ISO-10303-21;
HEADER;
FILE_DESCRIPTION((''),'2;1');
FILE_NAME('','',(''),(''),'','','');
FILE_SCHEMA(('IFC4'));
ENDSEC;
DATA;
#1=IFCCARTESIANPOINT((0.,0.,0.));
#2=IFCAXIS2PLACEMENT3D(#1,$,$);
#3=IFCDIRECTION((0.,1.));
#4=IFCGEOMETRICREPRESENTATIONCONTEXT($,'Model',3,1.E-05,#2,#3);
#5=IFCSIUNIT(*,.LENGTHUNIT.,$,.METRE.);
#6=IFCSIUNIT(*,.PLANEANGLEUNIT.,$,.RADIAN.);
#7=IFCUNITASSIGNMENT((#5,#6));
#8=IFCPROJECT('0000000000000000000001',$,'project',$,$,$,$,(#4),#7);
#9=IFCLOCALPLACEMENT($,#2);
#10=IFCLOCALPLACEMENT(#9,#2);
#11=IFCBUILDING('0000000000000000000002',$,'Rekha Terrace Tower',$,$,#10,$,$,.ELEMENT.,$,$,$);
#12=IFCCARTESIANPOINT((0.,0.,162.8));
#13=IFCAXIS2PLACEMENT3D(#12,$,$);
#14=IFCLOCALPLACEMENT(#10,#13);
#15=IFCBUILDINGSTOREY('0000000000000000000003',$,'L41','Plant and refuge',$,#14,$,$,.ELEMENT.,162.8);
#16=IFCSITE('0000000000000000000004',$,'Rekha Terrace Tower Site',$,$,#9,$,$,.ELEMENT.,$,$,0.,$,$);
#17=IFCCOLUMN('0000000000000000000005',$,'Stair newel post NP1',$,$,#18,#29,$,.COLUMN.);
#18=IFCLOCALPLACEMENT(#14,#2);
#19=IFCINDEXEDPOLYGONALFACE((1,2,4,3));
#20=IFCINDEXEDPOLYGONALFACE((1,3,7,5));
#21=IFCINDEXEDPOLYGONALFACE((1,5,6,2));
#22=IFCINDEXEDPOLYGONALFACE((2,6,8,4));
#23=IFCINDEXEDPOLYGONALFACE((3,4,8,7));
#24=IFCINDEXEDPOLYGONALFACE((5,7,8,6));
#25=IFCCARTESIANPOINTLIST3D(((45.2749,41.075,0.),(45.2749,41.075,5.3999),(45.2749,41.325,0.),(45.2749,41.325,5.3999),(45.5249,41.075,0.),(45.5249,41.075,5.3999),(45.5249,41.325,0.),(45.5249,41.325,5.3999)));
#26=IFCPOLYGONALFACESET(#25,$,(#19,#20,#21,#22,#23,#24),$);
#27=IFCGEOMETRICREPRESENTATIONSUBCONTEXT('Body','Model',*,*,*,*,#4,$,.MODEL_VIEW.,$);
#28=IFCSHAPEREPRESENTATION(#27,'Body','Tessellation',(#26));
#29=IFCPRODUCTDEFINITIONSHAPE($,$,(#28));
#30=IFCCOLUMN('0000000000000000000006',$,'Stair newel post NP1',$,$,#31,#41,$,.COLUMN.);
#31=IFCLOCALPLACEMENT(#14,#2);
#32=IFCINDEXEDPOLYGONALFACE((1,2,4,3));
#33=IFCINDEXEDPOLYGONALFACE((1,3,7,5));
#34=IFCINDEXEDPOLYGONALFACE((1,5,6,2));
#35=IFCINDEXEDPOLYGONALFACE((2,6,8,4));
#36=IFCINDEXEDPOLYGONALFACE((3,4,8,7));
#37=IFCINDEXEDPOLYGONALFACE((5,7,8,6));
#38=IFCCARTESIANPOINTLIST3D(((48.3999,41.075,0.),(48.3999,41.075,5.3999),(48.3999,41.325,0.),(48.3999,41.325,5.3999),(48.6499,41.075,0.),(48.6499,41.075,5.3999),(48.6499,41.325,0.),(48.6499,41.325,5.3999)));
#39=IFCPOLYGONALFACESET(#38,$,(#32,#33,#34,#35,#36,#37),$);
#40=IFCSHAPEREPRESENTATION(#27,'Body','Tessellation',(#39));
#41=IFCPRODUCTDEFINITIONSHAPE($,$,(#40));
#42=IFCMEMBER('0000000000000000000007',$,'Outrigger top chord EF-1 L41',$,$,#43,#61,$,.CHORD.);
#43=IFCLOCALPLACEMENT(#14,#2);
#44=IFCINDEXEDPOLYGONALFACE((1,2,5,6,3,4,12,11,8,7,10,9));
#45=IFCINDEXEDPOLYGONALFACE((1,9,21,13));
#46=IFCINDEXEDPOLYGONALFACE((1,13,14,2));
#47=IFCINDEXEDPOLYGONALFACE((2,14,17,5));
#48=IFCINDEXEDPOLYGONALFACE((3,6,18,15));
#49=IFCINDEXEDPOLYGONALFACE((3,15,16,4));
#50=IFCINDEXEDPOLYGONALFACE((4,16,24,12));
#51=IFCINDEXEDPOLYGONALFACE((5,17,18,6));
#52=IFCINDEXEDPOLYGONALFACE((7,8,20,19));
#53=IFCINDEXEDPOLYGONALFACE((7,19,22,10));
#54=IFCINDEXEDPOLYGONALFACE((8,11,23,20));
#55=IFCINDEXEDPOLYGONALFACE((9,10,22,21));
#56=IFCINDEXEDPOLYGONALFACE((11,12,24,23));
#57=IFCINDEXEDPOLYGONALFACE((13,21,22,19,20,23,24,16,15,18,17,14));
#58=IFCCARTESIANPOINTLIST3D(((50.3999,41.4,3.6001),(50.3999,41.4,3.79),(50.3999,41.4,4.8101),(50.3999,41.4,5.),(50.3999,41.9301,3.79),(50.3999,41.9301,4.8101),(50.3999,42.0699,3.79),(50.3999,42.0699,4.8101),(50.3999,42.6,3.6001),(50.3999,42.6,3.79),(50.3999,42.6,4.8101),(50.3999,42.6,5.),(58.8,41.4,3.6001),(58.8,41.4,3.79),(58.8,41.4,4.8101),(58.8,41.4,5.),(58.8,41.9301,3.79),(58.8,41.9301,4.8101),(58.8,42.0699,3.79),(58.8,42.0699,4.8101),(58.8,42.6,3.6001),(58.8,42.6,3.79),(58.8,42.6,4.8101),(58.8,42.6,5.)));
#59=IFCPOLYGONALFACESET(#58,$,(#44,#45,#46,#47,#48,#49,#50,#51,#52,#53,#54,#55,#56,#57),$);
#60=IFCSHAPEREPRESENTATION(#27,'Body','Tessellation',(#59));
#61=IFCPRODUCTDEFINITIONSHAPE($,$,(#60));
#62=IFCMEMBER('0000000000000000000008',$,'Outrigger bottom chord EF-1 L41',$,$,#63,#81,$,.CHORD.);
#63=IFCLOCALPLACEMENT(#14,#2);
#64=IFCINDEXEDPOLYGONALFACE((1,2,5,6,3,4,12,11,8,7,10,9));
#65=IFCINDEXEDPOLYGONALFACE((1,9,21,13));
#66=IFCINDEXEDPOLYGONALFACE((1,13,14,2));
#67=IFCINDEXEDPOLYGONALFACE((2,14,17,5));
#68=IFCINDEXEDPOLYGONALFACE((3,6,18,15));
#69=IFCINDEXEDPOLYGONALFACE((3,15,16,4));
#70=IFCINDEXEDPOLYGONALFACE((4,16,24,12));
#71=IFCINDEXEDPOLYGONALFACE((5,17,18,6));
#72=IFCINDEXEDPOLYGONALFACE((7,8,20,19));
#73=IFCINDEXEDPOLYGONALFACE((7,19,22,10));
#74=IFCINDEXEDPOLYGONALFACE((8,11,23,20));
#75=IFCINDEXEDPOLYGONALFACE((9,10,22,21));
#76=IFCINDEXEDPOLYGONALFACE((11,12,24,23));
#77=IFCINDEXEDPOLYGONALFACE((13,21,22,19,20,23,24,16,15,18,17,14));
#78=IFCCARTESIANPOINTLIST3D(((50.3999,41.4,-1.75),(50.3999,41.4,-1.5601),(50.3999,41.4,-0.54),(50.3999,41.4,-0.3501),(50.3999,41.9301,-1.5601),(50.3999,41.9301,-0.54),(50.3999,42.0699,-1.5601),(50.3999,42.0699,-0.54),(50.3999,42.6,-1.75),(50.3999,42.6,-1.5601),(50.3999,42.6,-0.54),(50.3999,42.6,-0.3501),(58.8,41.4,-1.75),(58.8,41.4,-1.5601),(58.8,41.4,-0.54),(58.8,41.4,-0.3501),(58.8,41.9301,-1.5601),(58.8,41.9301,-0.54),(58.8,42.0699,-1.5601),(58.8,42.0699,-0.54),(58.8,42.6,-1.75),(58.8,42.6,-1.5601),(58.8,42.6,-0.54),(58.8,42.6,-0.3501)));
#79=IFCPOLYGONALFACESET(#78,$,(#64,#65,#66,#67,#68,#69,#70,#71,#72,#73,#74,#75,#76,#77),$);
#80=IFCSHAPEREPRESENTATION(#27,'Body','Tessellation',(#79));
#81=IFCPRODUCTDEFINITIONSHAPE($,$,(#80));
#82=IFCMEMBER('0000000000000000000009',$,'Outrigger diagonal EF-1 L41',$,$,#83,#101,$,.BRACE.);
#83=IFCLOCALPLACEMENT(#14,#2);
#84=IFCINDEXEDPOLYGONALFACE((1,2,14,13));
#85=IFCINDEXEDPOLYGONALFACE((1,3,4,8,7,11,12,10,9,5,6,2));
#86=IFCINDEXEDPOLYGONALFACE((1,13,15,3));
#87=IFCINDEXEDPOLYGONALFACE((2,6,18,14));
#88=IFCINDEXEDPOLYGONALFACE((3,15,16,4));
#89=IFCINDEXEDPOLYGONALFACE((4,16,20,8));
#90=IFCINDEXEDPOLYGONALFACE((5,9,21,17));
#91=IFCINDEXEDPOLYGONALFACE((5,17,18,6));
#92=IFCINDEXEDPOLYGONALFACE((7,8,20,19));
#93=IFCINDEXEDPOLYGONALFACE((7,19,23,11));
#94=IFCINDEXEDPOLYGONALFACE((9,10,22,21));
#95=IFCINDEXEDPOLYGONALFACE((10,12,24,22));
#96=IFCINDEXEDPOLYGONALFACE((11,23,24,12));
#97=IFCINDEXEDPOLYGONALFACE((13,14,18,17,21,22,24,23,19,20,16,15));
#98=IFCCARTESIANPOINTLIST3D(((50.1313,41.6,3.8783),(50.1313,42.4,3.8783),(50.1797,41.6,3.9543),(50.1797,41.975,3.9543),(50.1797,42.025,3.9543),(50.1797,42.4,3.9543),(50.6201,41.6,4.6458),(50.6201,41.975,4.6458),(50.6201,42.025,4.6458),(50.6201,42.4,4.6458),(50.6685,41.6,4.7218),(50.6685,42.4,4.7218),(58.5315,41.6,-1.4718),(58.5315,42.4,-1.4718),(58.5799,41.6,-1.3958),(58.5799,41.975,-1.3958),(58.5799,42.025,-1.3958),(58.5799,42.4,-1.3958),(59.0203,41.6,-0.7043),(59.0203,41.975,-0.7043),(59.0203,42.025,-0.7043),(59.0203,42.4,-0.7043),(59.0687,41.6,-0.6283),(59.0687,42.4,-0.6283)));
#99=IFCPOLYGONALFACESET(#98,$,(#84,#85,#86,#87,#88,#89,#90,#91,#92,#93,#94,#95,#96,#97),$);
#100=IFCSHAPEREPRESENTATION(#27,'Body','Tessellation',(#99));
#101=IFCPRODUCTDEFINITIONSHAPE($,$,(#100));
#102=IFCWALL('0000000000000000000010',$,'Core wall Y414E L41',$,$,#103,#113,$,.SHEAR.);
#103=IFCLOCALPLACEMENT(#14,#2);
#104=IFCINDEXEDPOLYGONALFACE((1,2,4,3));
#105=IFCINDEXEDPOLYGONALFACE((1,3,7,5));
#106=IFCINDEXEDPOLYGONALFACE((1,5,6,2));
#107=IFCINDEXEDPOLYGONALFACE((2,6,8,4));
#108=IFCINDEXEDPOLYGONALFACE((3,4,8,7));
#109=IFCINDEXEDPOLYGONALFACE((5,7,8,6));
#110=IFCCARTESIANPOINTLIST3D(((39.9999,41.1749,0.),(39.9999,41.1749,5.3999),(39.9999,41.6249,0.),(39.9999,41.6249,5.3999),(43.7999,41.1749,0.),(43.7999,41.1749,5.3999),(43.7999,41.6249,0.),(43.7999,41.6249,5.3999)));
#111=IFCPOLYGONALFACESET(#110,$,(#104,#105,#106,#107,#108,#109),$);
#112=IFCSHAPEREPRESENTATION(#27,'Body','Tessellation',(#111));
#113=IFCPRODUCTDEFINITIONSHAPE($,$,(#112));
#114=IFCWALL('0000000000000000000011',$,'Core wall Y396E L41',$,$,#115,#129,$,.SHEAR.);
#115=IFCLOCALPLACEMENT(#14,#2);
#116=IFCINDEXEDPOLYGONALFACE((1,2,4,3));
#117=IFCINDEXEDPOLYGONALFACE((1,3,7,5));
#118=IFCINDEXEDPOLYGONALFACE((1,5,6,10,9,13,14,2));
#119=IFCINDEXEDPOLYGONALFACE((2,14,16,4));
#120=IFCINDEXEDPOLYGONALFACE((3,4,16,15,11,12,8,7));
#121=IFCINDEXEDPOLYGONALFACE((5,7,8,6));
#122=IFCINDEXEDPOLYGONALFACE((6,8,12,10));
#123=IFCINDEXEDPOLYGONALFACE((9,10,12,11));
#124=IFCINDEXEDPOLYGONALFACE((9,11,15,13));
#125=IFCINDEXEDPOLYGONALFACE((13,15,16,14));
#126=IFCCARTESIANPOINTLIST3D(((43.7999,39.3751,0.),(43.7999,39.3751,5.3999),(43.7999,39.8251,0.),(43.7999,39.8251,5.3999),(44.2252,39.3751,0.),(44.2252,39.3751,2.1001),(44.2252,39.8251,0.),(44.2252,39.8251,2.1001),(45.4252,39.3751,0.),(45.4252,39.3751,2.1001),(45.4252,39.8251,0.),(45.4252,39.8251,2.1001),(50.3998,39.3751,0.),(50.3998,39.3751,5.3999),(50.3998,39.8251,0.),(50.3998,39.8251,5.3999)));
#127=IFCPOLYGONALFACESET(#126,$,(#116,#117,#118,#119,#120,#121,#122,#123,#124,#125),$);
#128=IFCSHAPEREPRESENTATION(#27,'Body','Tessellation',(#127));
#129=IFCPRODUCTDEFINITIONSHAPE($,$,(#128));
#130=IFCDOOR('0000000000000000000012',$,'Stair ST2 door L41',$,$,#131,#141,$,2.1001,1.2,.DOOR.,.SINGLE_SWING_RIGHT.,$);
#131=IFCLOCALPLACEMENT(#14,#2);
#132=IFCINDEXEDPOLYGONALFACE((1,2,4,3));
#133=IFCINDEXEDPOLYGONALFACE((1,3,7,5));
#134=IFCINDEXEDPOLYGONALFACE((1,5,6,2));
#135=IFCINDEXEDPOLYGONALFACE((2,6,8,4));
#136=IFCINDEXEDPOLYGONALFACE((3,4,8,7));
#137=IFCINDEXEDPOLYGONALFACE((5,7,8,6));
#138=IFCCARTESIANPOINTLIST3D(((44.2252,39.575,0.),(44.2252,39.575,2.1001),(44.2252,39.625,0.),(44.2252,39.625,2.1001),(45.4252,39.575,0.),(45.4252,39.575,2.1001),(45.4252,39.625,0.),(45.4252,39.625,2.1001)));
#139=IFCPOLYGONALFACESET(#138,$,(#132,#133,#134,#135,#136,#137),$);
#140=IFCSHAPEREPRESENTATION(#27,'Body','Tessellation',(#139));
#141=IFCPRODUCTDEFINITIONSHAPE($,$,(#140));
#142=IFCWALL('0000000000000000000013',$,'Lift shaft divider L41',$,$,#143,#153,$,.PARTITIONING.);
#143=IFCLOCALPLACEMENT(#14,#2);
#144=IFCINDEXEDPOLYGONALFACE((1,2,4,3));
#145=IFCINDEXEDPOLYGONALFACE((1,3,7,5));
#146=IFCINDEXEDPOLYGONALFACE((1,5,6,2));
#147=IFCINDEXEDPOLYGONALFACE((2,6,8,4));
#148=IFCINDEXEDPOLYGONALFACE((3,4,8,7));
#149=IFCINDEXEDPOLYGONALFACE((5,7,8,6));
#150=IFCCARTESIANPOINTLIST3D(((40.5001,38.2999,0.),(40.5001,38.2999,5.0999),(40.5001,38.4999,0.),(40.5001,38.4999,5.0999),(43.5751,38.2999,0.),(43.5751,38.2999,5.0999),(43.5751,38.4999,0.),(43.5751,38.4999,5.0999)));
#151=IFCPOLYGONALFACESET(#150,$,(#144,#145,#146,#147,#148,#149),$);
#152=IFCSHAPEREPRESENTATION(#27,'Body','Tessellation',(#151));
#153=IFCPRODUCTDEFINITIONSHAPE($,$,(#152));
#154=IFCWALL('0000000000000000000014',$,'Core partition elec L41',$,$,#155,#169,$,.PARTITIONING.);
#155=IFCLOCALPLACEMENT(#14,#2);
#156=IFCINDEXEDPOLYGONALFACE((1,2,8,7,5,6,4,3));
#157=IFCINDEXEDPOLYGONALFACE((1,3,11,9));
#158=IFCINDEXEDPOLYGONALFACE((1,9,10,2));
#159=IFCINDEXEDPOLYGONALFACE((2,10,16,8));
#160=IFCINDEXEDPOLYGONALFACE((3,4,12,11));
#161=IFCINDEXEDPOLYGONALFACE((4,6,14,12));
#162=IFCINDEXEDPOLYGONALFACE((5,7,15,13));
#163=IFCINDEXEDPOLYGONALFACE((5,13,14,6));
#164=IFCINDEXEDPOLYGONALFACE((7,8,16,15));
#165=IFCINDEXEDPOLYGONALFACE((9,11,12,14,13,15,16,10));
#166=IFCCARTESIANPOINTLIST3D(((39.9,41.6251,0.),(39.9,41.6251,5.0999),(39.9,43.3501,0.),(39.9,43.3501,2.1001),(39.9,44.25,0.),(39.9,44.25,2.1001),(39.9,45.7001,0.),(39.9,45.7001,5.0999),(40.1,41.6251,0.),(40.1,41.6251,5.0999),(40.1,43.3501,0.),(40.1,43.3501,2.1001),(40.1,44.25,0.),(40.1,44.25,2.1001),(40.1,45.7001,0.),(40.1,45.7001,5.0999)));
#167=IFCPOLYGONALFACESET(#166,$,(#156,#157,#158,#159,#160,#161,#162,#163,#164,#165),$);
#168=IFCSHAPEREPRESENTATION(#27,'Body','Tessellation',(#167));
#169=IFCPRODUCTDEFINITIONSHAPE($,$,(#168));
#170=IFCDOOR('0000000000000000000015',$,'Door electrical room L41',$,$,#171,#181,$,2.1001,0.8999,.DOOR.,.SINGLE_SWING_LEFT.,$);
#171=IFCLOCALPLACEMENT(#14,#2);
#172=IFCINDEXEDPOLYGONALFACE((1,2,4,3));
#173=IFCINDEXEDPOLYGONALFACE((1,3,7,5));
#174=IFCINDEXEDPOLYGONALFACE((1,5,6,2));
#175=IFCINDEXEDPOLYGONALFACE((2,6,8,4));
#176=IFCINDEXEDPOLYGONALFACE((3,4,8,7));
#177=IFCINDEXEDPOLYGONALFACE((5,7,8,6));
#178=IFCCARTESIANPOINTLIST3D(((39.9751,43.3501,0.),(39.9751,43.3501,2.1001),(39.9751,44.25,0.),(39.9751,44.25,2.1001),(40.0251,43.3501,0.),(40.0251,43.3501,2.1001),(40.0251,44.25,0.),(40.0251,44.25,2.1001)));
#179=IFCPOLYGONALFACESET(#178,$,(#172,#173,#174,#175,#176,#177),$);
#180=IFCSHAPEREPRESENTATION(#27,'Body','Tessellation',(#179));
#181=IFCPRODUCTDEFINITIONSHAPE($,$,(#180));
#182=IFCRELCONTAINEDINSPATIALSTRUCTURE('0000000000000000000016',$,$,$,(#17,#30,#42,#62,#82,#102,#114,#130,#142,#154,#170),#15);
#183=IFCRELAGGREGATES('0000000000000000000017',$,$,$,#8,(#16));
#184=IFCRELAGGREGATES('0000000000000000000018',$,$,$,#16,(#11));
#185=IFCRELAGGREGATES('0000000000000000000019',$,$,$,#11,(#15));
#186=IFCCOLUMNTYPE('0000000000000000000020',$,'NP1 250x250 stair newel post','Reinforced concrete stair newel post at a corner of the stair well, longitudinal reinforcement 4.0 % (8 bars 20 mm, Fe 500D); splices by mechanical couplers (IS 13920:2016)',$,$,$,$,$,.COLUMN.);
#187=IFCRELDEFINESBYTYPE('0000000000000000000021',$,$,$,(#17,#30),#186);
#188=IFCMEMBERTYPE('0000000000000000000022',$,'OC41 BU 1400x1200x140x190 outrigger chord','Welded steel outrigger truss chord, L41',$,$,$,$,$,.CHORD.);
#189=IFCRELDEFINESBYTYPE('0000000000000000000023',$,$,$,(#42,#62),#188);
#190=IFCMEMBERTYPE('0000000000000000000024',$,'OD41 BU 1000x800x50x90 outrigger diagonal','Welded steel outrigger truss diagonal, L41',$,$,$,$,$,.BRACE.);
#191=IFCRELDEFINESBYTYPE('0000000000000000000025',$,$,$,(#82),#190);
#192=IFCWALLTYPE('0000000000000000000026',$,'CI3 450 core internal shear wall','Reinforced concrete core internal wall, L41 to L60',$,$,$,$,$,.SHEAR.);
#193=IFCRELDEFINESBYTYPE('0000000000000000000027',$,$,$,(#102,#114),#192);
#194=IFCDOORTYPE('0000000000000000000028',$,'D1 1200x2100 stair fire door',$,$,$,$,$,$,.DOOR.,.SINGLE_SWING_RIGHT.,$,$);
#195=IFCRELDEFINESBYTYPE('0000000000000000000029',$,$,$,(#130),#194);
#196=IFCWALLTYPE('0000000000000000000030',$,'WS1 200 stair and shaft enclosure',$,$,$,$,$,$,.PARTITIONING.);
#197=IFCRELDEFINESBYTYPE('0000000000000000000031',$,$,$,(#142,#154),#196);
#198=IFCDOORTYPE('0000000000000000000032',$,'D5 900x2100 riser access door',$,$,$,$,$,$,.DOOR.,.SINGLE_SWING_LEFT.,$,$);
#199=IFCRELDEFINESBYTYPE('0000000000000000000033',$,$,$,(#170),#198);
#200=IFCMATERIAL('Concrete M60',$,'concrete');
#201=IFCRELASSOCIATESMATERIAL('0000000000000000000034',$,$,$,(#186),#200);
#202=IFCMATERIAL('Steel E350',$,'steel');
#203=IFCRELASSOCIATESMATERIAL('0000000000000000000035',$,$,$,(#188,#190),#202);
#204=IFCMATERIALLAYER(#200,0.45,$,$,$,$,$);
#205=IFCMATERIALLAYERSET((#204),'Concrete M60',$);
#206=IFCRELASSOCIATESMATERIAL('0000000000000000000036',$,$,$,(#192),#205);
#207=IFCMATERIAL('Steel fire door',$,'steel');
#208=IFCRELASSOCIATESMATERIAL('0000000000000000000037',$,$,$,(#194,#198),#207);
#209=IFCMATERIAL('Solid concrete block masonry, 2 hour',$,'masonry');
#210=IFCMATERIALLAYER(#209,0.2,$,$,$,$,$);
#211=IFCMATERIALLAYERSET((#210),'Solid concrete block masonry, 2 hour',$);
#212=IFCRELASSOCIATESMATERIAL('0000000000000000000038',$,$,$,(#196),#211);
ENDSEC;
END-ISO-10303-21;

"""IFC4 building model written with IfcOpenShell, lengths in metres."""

from ifc_helpers import new_model, si_unit, direction, frame, frame_2d, origin, origin_2d, place, context, subcontext, project, spatial, rectangle, i_section, extrude, material, layer, layer_set, material_profile, profile_set, type_object, element, fill, save


model = new_model("IFC4")

# Units and contexts
model_context = context("Model", 3, precision=1e-05, world=origin(), true_north=direction((0.0, 1.0)))
body_context = subcontext(model_context, "Body", "Model", "MODEL_VIEW")
ifc_project = project(units=[si_unit("LENGTHUNIT", "METRE"), si_unit("PLANEANGLEUNIT", "RADIAN")], contexts=[model_context])

# Site, building, storey
site_placement = place(None, origin())
site = spatial("IfcSite", under=ifc_project, at=site_placement, Name="Rekha Terrace Tower Site", CompositionType="ELEMENT", RefElevation=0.0)
building_placement = place(site_placement, origin())
building = spatial("IfcBuilding", under=site, at=building_placement, Name="Rekha Terrace Tower", CompositionType="ELEMENT")
storey_placement = place(building_placement, frame((0.0, 0.0, 162.8)))
storey = spatial("IfcBuildingStorey", under=building, at=storey_placement, Name="L41", Description="Plant and refuge", CompositionType="ELEMENT", Elevation=162.8)

# Columns
ifc_material_1 = material(Name="Concrete M60", Category="concrete")
ifc_material_profile_1 = material_profile(ifc_material_1, rectangle(XDim=0.25, YDim=0.25, at=origin_2d()), Name="RC 250x250")
ifc_profile_set_1 = profile_set([ifc_material_profile_1], Name="Concrete M60")
column_type = type_object("IfcColumnType", Name="NP1 250x250 stair newel post", Description="Reinforced concrete stair newel post at a corner of the stair well, longitudinal reinforcement 4.0 % (8 bars 20 mm, Fe 500D); splices by mechanical couplers (IS 13920:2016)", PredefinedType="COLUMN", material=ifc_profile_set_1)
for number, where, z_axis, x_axis, name in (
    (1, (45.3999, 41.2, 0.0), (0.0, 0.0, 1.0), (1.0, 0.0, 0.0), "Stair newel post NP1"),
    (2, (48.5249, 41.2, 0.0), (0.0, 0.0, 1.0), (1.0, 0.0, 0.0), "Stair newel post NP1"),
):
    element("IfcColumn", number, at=place(storey_placement, frame(where, z_axis=z_axis, x_axis=x_axis)), inside=storey, type_object=column_type, Name=name, PredefinedType="COLUMN", context=body_context, shape_type="SweptSolid", body=[
        extrude(rectangle(XDim=0.25, YDim=0.25, at=origin_2d()), origin(), (0.0, 0.0, 1.0), 5.3999),
    ])

# Members
ifc_material_2 = material(Name="Steel E350", Category="steel")
ifc_material_profile_2 = material_profile(ifc_material_2, i_section(OverallWidth=1.2, OverallDepth=1.3999, WebThickness=0.1399, FlangeThickness=0.1899, at=origin_2d()), Name="BU 1400x1200x140x190")
ifc_profile_set_2 = profile_set([ifc_material_profile_2], Name="Steel E350")
member_type_1 = type_object("IfcMemberType", Name="OC41 BU 1400x1200x140x190 outrigger chord", Description="Welded steel outrigger truss chord, L41", PredefinedType="CHORD", material=ifc_profile_set_2)
for number, where, z_axis, x_axis, name in (
    (3, (50.3999, 42.0, 4.3), (1.0, 0.0, 0.0), (0.0, 1.0, 0.0), "Outrigger top chord EF-1 L41"),
    (4, (50.3999, 42.0, -1.05), (1.0, 0.0, 0.0), (0.0, 1.0, 0.0), "Outrigger bottom chord EF-1 L41"),
):
    element("IfcMember", number, at=place(storey_placement, frame(where, z_axis=z_axis, x_axis=x_axis)), inside=storey, type_object=member_type_1, Name=name, PredefinedType="CHORD", context=body_context, shape_type="SweptSolid", body=[
        extrude(i_section(OverallWidth=1.2, OverallDepth=1.3999, WebThickness=0.1399, FlangeThickness=0.1899, at=origin_2d()), origin(), (0.0, 0.0, 1.0), 8.4001),
    ])
ifc_material_profile_3 = material_profile(ifc_material_2, i_section(OverallWidth=0.8, OverallDepth=1.0, WebThickness=0.05, FlangeThickness=0.0901, at=origin_2d()), Name="BU 1000x800x50x90")
ifc_profile_set_3 = profile_set([ifc_material_profile_3], Name="Steel E350")
member_type_2 = type_object("IfcMemberType", Name="OD41 BU 1000x800x50x90 outrigger diagonal", Description="Welded steel outrigger truss diagonal, L41", PredefinedType="BRACE", material=ifc_profile_set_3)
member_placement = place(storey_placement, frame((50.3999, 42.0, 4.3), z_axis=(0.843454, 0.0, -0.537201), x_axis=(0.0, 1.0, 0.0)))
element("IfcMember", 5, at=member_placement, inside=storey, type_object=member_type_2, Name="Outrigger diagonal EF-1 L41", PredefinedType="BRACE", context=body_context, shape_type="SweptSolid", body=[
    extrude(i_section(OverallWidth=0.8, OverallDepth=1.0, WebThickness=0.05, FlangeThickness=0.0901, at=origin_2d()), origin(), (0.0, 0.0, 1.0), 9.9592),
])

# Wall
ifc_layer_1 = layer(ifc_material_1, 0.45)
ifc_layer_set_1 = layer_set([ifc_layer_1], Name="Concrete M60")
wall_type_1 = type_object("IfcWallType", Name="CI3 450 core internal shear wall", Description="Reinforced concrete core internal wall, L41 to L60", PredefinedType="SHEAR", material=ifc_layer_set_1)
wall_1_placement = place(storey_placement, frame((40.0, 41.3999, 0.0), z_axis=(0.0, 0.0, 1.0), x_axis=(1.0, 0.0, 0.0)))
element("IfcWall", 6, at=wall_1_placement, inside=storey, type_object=wall_type_1, Name="Core wall Y414E L41", PredefinedType="SHEAR", context=body_context, shape_type="SweptSolid", body=[
    extrude(rectangle(XDim=3.8, YDim=0.45, at=frame_2d((1.8999, 0.0))), origin(), (0.0, 0.0, 1.0), 5.3999),
])

# Wall, opening, door
wall_2_placement = place(storey_placement, frame((43.8, 39.6001, 0.0), z_axis=(0.0, 0.0, 1.0), x_axis=(1.0, 0.0, 0.0)))
wall_2 = element("IfcWall", 7, at=wall_2_placement, inside=storey, type_object=wall_type_1, Name="Core wall Y396E L41", PredefinedType="SHEAR", context=body_context, shape_type="SweptSolid", body=[
    extrude(rectangle(XDim=6.5999, YDim=0.45, at=frame_2d((3.2998, 0.0))), origin(), (0.0, 0.0, 1.0), 5.3999),
])
opening_1_placement = place(wall_2_placement, frame((0.425, 0.0, 0.0)))
opening_1 = element("IfcOpeningElement", 8, at=opening_1_placement, cuts=wall_2, PredefinedType="OPENING", context=body_context, shape_type="SweptSolid", body=[
    extrude(rectangle(XDim=1.2, YDim=2.1001, at=frame_2d((0.6001, 1.05))), frame((0.0, 0.2349, 0.0), z_axis=(0.0, -1.0, 0.0), x_axis=(1.0, 0.0, 0.0)), (0.0, 0.0, 1.0), 0.47),
])
ifc_material_3 = material(Name="Steel fire door", Category="steel")
door_type_1 = type_object("IfcDoorType", Name="D1 1200x2100 stair fire door", OperationType="SINGLE_SWING_RIGHT", PredefinedType="DOOR", material=ifc_material_3)
door_1_placement = place(opening_1_placement, origin())
door_1 = element("IfcDoor", 9, at=door_1_placement, inside=storey, type_object=door_type_1, Name="Stair ST2 door L41", OperationType="SINGLE_SWING_RIGHT", OverallHeight=2.1001, OverallWidth=1.2, PredefinedType="DOOR", context=body_context, shape_type="SweptSolid", body=[
    extrude(rectangle(XDim=1.2, YDim=2.1001, at=frame_2d((0.6001, 1.05))), frame((0.0, 0.0249, 0.0), z_axis=(0.0, -1.0, 0.0), x_axis=(1.0, 0.0, 0.0)), (0.0, 0.0, 1.0), 0.05),
])
fill(opening_1, door_1)

# Wall
ifc_material_4 = material(Name="Solid concrete block masonry, 2 hour", Category="masonry")
ifc_layer_2 = layer(ifc_material_4, 0.2)
ifc_layer_set_2 = layer_set([ifc_layer_2], Name="Solid concrete block masonry, 2 hour")
wall_type_2 = type_object("IfcWallType", Name="WS1 200 stair and shaft enclosure", PredefinedType="PARTITIONING", material=ifc_layer_set_2)
wall_3_placement = place(storey_placement, frame((40.5, 38.3999, 0.0), z_axis=(0.0, 0.0, 1.0), x_axis=(1.0, 0.0, 0.0)))
element("IfcWall", 10, at=wall_3_placement, inside=storey, type_object=wall_type_2, Name="Lift shaft divider L41", PredefinedType="PARTITIONING", context=body_context, shape_type="SweptSolid", body=[
    extrude(rectangle(XDim=3.075, YDim=0.2, at=frame_2d((1.5376, 0.0))), origin(), (0.0, 0.0, 1.0), 5.0999),
])

# Wall, opening, door
wall_4_placement = place(storey_placement, frame((40.0, 41.625, 0.0), z_axis=(0.0, 0.0, 1.0), x_axis=(0.0, 1.0, 0.0)))
wall_4 = element("IfcWall", 11, at=wall_4_placement, inside=storey, type_object=wall_type_2, Name="Core partition elec L41", PredefinedType="PARTITIONING", context=body_context, shape_type="SweptSolid", body=[
    extrude(rectangle(XDim=4.075, YDim=0.2, at=frame_2d((2.0376, 0.0))), origin(), (0.0, 0.0, 1.0), 5.0999),
])
opening_2_placement = place(wall_4_placement, frame((1.7251, 0.0, 0.0)))
opening_2 = element("IfcOpeningElement", 12, at=opening_2_placement, cuts=wall_4, PredefinedType="OPENING", context=body_context, shape_type="SweptSolid", body=[
    extrude(rectangle(XDim=0.8999, YDim=2.1001, at=frame_2d((0.45, 1.05))), frame((0.0, 0.1099, 0.0), z_axis=(0.0, -1.0, 0.0), x_axis=(1.0, 0.0, 0.0)), (0.0, 0.0, 1.0), 0.22),
])
door_type_2 = type_object("IfcDoorType", Name="D5 900x2100 riser access door", OperationType="SINGLE_SWING_LEFT", PredefinedType="DOOR", material=ifc_material_3)
door_2_placement = place(opening_2_placement, origin())
door_2 = element("IfcDoor", 13, at=door_2_placement, inside=storey, type_object=door_type_2, Name="Door electrical room L41", OperationType="SINGLE_SWING_LEFT", OverallHeight=2.1001, OverallWidth=0.8999, PredefinedType="DOOR", context=body_context, shape_type="SweptSolid", body=[
    extrude(rectangle(XDim=0.8999, YDim=2.1001, at=frame_2d((0.45, 1.05))), frame((0.0, 0.0249, 0.0), z_axis=(0.0, -1.0, 0.0), x_axis=(1.0, 0.0, 0.0)), (0.0, 0.0, 1.0), 0.05),
])
fill(opening_2, door_2)

save(model, "model.ifc")
